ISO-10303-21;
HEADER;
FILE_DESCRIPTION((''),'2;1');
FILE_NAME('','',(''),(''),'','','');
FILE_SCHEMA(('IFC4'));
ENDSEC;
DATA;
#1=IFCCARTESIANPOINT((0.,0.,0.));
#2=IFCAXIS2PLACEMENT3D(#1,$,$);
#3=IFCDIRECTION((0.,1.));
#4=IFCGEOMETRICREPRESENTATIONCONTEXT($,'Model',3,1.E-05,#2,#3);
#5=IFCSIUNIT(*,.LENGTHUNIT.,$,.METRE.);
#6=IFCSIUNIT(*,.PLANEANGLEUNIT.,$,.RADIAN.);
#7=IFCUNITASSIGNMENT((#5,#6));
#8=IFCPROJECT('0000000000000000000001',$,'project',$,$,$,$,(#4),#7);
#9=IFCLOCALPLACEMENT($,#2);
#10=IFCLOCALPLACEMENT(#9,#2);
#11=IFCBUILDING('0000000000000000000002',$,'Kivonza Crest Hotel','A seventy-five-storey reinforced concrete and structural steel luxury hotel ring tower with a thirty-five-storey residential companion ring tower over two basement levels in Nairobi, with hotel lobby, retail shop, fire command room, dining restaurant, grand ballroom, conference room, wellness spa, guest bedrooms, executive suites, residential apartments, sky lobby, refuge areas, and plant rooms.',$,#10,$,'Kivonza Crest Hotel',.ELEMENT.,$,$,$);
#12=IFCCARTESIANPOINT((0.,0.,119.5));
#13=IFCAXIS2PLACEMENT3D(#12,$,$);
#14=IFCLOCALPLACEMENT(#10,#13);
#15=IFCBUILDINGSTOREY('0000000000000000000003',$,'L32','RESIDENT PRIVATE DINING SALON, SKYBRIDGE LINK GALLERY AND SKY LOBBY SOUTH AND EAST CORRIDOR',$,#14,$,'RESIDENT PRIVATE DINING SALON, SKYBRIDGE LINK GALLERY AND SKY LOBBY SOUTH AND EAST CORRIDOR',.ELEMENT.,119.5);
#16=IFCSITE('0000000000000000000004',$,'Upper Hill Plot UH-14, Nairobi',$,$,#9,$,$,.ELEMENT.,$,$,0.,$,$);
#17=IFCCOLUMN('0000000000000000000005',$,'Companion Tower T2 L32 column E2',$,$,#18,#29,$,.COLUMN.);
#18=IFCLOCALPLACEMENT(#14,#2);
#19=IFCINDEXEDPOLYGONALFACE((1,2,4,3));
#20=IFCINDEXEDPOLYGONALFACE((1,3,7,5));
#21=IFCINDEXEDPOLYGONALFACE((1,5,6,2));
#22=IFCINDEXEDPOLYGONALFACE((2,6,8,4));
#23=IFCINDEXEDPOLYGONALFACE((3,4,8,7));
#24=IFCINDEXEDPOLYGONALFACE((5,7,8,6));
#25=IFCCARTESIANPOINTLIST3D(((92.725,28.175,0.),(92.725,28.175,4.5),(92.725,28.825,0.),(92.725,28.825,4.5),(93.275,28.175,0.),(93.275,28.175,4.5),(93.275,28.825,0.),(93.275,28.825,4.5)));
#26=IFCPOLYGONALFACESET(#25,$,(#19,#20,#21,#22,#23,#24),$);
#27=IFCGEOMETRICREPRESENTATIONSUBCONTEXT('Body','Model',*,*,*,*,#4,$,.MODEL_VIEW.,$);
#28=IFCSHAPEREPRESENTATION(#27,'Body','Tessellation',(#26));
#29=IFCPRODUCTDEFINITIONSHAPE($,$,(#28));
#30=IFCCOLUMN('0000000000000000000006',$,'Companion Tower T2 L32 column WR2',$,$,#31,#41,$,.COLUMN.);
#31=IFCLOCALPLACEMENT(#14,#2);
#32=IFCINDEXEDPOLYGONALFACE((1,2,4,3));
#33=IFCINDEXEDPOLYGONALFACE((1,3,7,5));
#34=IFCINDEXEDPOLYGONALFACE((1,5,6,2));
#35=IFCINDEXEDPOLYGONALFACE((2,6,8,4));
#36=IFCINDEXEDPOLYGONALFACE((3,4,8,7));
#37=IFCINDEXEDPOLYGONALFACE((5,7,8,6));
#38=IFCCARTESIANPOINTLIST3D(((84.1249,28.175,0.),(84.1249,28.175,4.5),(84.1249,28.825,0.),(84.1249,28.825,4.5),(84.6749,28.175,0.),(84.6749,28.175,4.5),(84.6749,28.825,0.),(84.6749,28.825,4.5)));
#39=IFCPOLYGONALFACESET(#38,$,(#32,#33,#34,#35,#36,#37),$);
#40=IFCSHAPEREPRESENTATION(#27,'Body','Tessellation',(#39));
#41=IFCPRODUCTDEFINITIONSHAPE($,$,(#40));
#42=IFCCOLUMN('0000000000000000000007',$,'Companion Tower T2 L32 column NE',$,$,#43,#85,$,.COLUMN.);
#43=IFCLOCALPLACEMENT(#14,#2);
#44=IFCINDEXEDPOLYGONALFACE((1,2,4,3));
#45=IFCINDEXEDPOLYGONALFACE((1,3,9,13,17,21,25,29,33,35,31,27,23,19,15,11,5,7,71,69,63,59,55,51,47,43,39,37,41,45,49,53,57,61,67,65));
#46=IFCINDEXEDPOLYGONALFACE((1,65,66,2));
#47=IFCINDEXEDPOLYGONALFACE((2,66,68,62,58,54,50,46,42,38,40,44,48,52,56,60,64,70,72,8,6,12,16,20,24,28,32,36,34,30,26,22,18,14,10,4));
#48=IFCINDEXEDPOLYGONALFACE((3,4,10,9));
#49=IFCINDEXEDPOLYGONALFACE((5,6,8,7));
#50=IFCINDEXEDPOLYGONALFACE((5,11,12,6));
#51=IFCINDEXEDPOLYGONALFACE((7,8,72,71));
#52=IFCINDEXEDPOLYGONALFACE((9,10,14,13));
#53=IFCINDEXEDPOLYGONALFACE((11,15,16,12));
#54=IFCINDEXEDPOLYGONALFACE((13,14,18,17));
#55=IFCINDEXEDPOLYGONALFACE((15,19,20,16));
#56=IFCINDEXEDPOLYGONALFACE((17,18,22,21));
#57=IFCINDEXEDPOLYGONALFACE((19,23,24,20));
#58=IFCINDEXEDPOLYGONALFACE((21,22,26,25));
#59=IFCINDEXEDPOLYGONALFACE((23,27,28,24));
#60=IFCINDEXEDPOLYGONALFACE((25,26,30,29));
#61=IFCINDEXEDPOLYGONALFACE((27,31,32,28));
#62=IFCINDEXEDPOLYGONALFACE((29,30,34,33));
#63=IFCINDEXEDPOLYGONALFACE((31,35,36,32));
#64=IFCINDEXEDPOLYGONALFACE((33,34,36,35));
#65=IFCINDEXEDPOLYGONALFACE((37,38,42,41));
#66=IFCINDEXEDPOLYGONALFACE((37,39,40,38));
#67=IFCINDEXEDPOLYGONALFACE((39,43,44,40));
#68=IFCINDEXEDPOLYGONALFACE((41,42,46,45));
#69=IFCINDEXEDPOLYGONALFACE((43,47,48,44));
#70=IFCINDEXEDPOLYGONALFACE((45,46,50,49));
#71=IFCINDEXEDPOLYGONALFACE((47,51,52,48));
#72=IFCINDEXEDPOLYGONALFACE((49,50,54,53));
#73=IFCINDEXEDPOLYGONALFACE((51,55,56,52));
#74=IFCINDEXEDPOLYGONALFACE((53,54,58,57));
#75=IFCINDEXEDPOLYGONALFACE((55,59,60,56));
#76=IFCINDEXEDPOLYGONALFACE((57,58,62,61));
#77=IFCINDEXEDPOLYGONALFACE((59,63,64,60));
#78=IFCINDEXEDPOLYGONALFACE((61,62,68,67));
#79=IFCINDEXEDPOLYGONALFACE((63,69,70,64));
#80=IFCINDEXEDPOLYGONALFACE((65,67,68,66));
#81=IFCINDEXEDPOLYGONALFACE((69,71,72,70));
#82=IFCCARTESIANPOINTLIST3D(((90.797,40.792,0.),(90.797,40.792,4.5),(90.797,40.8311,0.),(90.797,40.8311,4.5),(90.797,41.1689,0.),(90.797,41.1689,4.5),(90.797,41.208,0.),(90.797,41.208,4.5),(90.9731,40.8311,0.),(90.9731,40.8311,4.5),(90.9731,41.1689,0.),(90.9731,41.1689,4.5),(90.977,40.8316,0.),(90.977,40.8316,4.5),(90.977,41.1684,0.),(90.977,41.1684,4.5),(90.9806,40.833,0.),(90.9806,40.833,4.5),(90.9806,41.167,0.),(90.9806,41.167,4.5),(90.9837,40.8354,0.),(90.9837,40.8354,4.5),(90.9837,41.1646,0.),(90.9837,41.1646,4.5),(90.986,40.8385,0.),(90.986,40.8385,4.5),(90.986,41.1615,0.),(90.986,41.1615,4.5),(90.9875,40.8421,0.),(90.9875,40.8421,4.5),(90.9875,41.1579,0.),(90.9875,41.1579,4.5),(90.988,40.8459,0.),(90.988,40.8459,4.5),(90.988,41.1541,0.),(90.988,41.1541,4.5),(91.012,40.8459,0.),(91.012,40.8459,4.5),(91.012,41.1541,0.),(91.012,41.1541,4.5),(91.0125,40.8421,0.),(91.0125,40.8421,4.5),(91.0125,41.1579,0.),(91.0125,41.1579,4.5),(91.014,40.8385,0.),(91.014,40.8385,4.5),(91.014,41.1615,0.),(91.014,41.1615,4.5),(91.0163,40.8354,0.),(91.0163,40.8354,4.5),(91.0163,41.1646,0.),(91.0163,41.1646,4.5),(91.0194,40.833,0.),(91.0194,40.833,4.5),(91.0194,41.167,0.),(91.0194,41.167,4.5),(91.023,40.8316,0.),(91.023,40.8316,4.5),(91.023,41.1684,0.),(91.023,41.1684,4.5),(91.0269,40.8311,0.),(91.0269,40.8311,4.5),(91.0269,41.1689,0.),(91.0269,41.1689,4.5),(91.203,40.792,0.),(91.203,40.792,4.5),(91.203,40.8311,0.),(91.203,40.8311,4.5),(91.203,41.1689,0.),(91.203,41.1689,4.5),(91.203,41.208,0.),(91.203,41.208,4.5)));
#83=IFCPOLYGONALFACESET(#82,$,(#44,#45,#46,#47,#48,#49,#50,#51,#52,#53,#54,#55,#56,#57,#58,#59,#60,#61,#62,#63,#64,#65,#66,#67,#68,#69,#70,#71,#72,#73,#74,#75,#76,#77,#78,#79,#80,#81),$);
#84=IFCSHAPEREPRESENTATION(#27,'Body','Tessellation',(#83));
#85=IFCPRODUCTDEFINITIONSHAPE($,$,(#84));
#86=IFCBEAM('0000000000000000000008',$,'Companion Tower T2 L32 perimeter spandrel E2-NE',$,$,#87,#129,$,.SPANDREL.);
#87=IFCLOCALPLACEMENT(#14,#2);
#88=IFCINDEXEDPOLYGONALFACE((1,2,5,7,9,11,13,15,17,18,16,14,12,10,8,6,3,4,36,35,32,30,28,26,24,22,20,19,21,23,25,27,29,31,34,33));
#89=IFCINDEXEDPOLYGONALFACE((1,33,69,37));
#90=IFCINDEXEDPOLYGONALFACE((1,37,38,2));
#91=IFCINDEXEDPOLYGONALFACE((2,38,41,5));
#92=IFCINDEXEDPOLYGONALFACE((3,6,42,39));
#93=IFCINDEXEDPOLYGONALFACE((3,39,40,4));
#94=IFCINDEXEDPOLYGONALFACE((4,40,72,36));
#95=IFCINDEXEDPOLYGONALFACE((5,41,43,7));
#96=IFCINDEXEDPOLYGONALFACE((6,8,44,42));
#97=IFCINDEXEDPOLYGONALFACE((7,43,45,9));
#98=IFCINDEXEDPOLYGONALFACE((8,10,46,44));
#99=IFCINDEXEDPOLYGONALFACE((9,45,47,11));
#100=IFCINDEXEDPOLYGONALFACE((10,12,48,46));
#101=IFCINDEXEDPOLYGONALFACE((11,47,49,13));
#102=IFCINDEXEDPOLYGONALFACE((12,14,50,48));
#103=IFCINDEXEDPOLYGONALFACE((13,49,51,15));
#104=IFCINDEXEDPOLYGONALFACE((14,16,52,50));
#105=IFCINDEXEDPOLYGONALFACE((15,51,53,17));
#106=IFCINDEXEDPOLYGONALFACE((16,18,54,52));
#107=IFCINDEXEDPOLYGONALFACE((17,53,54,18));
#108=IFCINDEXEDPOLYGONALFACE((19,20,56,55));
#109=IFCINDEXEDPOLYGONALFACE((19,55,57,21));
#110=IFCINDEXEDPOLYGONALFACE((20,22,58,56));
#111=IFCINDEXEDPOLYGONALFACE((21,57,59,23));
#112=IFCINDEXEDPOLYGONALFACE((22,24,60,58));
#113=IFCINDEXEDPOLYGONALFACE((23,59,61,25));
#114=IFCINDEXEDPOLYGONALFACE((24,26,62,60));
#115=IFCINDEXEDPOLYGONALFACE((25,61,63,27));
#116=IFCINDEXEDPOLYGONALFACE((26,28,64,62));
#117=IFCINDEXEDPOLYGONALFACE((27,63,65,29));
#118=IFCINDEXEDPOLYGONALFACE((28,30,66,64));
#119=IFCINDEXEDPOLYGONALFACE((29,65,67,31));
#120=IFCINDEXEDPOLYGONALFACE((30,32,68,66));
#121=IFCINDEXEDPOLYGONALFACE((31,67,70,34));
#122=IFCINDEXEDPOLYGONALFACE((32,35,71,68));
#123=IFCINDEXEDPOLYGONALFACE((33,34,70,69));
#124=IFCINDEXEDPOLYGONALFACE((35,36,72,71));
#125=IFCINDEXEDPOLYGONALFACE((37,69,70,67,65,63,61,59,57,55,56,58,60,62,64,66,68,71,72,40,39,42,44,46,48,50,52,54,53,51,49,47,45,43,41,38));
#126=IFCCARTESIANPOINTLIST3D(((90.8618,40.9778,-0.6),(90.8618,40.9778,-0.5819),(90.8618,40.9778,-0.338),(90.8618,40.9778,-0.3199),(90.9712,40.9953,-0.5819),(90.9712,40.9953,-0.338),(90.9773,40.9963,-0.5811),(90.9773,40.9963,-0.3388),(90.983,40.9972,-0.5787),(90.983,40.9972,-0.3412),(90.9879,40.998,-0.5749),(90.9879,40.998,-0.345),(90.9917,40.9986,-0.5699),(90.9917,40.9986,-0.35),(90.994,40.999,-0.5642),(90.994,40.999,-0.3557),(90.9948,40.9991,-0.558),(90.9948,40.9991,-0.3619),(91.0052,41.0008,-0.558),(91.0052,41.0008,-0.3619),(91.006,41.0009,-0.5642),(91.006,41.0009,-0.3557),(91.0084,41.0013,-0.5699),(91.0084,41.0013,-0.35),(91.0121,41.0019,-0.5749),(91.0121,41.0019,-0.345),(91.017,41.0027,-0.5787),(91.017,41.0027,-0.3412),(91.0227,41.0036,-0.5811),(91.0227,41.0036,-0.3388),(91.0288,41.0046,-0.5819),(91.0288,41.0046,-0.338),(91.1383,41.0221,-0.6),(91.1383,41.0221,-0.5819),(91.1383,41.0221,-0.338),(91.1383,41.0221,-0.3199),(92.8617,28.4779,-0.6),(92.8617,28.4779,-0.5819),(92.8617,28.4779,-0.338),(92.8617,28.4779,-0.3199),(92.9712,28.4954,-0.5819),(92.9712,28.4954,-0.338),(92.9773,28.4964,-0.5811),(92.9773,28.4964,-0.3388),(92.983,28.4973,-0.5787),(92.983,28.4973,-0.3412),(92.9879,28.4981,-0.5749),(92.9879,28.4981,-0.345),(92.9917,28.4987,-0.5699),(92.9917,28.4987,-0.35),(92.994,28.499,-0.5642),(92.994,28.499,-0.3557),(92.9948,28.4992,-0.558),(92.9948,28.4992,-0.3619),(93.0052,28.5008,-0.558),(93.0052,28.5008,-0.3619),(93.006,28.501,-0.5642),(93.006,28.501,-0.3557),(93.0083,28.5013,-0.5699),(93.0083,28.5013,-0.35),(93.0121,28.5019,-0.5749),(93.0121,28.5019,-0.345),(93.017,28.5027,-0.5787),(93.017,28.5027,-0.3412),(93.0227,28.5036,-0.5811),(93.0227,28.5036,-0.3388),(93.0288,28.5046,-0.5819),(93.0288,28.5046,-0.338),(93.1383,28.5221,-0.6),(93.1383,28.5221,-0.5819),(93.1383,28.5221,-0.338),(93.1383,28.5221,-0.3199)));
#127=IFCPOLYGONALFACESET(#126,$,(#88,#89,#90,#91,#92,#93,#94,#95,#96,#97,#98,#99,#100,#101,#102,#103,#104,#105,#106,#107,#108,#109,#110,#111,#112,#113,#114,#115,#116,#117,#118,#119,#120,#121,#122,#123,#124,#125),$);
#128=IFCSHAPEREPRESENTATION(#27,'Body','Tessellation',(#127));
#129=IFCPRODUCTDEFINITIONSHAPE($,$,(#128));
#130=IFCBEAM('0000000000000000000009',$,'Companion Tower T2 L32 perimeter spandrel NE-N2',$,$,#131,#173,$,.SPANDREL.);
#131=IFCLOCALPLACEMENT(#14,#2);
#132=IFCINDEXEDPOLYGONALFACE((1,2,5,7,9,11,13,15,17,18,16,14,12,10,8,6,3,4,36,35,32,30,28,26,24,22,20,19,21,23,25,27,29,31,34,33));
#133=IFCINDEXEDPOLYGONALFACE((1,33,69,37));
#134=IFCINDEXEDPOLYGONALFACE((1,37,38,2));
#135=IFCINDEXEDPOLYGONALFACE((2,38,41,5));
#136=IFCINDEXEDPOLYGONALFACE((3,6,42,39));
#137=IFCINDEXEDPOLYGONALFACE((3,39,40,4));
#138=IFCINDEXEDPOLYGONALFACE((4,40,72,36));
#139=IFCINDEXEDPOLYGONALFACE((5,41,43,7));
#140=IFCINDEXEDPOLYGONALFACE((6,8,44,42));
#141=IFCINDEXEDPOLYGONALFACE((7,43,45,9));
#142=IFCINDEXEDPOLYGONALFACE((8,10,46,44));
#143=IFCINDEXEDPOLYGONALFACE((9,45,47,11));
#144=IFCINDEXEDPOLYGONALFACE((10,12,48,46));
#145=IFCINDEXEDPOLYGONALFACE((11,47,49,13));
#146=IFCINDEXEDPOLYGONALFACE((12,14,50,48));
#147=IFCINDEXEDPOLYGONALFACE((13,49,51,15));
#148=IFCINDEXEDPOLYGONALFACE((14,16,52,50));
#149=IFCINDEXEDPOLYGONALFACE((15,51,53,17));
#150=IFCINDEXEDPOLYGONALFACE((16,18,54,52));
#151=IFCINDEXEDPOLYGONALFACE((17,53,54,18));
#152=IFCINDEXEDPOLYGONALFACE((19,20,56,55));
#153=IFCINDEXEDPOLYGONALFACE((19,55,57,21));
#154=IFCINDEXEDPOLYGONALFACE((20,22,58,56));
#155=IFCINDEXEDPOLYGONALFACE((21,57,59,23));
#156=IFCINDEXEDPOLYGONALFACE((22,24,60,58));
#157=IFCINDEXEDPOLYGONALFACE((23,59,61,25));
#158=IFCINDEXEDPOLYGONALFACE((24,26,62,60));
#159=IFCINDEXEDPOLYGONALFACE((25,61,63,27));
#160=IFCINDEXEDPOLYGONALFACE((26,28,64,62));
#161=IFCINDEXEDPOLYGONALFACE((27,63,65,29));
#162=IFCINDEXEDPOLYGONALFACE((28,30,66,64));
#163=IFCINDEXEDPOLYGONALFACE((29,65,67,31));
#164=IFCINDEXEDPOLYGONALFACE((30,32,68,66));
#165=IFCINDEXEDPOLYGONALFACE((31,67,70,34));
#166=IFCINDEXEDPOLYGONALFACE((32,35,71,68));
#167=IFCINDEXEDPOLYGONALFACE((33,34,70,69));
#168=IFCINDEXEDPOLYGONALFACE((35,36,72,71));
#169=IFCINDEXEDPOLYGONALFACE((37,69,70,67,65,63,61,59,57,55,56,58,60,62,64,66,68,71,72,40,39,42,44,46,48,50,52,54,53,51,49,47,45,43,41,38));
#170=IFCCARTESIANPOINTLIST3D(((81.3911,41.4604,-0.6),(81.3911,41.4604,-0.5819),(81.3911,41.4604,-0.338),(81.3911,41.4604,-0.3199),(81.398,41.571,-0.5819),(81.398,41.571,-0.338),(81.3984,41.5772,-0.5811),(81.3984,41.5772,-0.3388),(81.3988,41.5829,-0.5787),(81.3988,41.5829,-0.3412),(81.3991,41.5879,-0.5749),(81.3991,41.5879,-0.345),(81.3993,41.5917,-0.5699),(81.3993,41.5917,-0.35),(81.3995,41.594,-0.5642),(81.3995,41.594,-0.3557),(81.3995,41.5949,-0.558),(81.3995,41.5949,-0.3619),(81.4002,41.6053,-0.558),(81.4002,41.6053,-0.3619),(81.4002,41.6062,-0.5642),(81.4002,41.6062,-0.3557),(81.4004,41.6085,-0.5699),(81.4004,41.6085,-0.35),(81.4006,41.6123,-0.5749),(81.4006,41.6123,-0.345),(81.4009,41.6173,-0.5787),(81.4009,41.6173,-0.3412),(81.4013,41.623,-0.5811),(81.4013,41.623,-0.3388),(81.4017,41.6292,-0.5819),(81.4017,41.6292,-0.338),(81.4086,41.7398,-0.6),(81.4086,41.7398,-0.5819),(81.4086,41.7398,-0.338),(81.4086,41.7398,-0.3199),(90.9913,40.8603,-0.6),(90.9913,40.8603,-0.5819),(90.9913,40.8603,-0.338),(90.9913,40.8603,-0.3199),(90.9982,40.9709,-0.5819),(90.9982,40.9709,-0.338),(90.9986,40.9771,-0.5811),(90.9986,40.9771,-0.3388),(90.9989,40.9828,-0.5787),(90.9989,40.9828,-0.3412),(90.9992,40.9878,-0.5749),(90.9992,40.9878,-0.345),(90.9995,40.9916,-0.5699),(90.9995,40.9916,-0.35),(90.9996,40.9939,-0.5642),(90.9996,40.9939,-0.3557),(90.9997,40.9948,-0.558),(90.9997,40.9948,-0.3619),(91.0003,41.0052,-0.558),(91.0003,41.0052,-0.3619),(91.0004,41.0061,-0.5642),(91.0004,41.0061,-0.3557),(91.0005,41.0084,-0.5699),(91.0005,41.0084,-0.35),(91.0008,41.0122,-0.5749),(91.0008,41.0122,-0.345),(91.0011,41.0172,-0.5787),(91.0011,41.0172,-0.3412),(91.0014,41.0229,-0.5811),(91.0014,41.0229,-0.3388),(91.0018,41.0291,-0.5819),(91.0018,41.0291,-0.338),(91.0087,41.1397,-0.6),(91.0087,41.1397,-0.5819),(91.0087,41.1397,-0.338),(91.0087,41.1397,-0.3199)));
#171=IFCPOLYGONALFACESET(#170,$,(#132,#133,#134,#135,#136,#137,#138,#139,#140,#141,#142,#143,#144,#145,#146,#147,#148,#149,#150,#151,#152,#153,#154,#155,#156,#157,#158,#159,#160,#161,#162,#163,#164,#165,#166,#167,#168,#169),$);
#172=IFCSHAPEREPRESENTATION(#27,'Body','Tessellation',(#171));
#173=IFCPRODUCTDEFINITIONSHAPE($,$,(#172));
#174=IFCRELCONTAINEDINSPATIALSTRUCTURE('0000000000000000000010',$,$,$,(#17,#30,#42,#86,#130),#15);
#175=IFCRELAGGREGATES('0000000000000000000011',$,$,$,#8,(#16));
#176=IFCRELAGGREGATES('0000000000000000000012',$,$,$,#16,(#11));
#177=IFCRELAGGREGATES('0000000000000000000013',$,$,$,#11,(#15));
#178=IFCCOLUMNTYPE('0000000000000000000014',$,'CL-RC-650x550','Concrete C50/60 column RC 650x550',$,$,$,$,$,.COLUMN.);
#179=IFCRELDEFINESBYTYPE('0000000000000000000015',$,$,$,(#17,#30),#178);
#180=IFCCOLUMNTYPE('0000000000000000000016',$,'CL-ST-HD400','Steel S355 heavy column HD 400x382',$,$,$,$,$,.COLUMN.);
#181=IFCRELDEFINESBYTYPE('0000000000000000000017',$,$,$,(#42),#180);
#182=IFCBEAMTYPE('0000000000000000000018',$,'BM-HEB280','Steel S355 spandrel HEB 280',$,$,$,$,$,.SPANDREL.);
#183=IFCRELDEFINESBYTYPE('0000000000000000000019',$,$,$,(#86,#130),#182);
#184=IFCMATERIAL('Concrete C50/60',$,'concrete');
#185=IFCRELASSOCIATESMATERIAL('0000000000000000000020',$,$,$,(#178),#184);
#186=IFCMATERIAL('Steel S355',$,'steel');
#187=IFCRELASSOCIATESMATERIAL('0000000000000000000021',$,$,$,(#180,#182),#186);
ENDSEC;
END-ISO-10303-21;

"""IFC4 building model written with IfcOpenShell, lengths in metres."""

from ifc_helpers import new_model, si_unit, direction, frame, origin, origin_2d, place, context, subcontext, project, spatial, rectangle, i_section, extrude, material, material_profile, profile_set, type_object, element, save


model = new_model("IFC4")

# Units and contexts
model_context = context("Model", 3, precision=1e-05, world=origin(), true_north=direction((0.0, 1.0)))
body_context = subcontext(model_context, "Body", "Model", "MODEL_VIEW")
ifc_project = project(units=[si_unit("LENGTHUNIT", "METRE"), si_unit("PLANEANGLEUNIT", "RADIAN")], contexts=[model_context])

# Site, building, storey
site_placement = place(None, origin())
site = spatial("IfcSite", under=ifc_project, at=site_placement, Name="Upper Hill Plot UH-14, Nairobi", CompositionType="ELEMENT", RefElevation=0.0)
building_placement = place(site_placement, origin())
building = spatial("IfcBuilding", under=site, at=building_placement, Name="Kivonza Crest Hotel", Description="A seventy-five-storey reinforced concrete and structural steel luxury hotel ring tower with a thirty-five-storey residential companion ring tower over two basement levels in Nairobi, with hotel lobby, retail shop, fire command room, dining restaurant, grand ballroom, conference room, wellness spa, guest bedrooms, executive suites, residential apartments, sky lobby, refuge areas, and plant rooms.", LongName="Kivonza Crest Hotel", CompositionType="ELEMENT")
storey_placement = place(building_placement, frame((0.0, 0.0, 119.5)))
storey = spatial("IfcBuildingStorey", under=building, at=storey_placement, Name="L32", Description="RESIDENT PRIVATE DINING SALON, SKYBRIDGE LINK GALLERY AND SKY LOBBY SOUTH AND EAST CORRIDOR", LongName="RESIDENT PRIVATE DINING SALON, SKYBRIDGE LINK GALLERY AND SKY LOBBY SOUTH AND EAST CORRIDOR", CompositionType="ELEMENT", Elevation=119.5)

# Columns
ifc_material_1 = material(Name="Concrete C50/60", Category="concrete")
ifc_material_profile_1 = material_profile(ifc_material_1, rectangle(XDim=0.55, YDim=0.6499, at=origin_2d()), Name="RC 650x550")
ifc_profile_set_1 = profile_set([ifc_material_profile_1], Name="Concrete C50/60")
column_type_1 = type_object("IfcColumnType", Name="CL-RC-650x550", Description="Concrete C50/60 column RC 650x550", PredefinedType="COLUMN", material=ifc_profile_set_1)
for number, where, z_axis, x_axis, name in (
    (1, (93.0, 28.5, 0.0), (0.0, 0.0, 1.0), (1.0, 0.0, 0.0), "Companion Tower T2 L32 column E2"),
    (2, (84.3999, 28.5, 0.0), (0.0, 0.0, 1.0), (1.0, 0.0, 0.0), "Companion Tower T2 L32 column WR2"),
):
    element("IfcColumn", number, at=place(storey_placement, frame(where, z_axis=z_axis, x_axis=x_axis)), inside=storey, type_object=column_type_1, Name=name, PredefinedType="COLUMN", context=body_context, shape_type="SweptSolid", body=[
        extrude(rectangle(XDim=0.55, YDim=0.6499, at=origin_2d()), origin(), (0.0, 0.0, 1.0), 4.5),
    ])
ifc_material_2 = material(Name="Steel S355", Category="steel")
ifc_material_profile_2 = material_profile(ifc_material_2, i_section(OverallWidth=0.406, OverallDepth=0.416, WebThickness=0.0239, FlangeThickness=0.0391, FilletRadius=0.0149, at=origin_2d()), Name="HD 400x382")
ifc_profile_set_2 = profile_set([ifc_material_profile_2], Name="Steel S355")
column_type_2 = type_object("IfcColumnType", Name="CL-ST-HD400", Description="Steel S355 heavy column HD 400x382", PredefinedType="COLUMN", material=ifc_profile_set_2)
column_placement = place(storey_placement, frame((91.0, 41.0, 0.0), z_axis=(0.0, 0.0, 1.0), x_axis=(1.0, 0.0, 0.0)))
element("IfcColumn", 3, at=column_placement, inside=storey, type_object=column_type_2, Name="Companion Tower T2 L32 column NE", PredefinedType="COLUMN", context=body_context, shape_type="SweptSolid", body=[
    extrude(i_section(OverallWidth=0.406, OverallDepth=0.416, WebThickness=0.0239, FlangeThickness=0.0391, FilletRadius=0.0149, at=origin_2d()), origin(), (0.0, 0.0, 1.0), 4.5),
])

# Beams
ifc_material_profile_3 = material_profile(ifc_material_2, i_section(OverallWidth=0.28, OverallDepth=0.28, WebThickness=0.0105, FlangeThickness=0.0181, FilletRadius=0.0239, at=origin_2d()), Name="HEB 280")
ifc_profile_set_3 = profile_set([ifc_material_profile_3], Name="Steel S355")
beam_type_1 = type_object("IfcBeamType", Name="BM-HEB280", Description="Steel S355 spandrel HEB 280", PredefinedType="SPANDREL", material=ifc_profile_set_3)
beam_1_placement = place(storey_placement, frame((93.0, 28.5, -0.46), z_axis=(-0.157991, 0.987441, 0.0), x_axis=(-0.987441, -0.157991, 0.0)))
element("IfcBeam", 4, at=beam_1_placement, inside=storey, type_object=beam_type_1, Name="Companion Tower T2 L32 perimeter spandrel E2-NE", PredefinedType="SPANDREL", context=body_context, shape_type="SweptSolid", body=[
    extrude(i_section(OverallWidth=0.28, OverallDepth=0.28, WebThickness=0.0105, FlangeThickness=0.0181, FilletRadius=0.0239, at=origin_2d()), origin(), (0.0, 0.0, 1.0), 12.6589),
])
beam_2_placement = place(storey_placement, frame((91.0, 41.0, -0.46), z_axis=(-0.998052, 0.062388, 0.0), x_axis=(-0.062388, -0.998052, 0.0)))
element("IfcBeam", 5, at=beam_2_placement, inside=storey, type_object=beam_type_1, Name="Companion Tower T2 L32 perimeter spandrel NE-N2", PredefinedType="SPANDREL", context=body_context, shape_type="SweptSolid", body=[
    extrude(i_section(OverallWidth=0.28, OverallDepth=0.28, WebThickness=0.0105, FlangeThickness=0.0181, FilletRadius=0.0239, at=origin_2d()), origin(), (0.0, 0.0, 1.0), 9.6189),
])

save(model, "model.ifc")
